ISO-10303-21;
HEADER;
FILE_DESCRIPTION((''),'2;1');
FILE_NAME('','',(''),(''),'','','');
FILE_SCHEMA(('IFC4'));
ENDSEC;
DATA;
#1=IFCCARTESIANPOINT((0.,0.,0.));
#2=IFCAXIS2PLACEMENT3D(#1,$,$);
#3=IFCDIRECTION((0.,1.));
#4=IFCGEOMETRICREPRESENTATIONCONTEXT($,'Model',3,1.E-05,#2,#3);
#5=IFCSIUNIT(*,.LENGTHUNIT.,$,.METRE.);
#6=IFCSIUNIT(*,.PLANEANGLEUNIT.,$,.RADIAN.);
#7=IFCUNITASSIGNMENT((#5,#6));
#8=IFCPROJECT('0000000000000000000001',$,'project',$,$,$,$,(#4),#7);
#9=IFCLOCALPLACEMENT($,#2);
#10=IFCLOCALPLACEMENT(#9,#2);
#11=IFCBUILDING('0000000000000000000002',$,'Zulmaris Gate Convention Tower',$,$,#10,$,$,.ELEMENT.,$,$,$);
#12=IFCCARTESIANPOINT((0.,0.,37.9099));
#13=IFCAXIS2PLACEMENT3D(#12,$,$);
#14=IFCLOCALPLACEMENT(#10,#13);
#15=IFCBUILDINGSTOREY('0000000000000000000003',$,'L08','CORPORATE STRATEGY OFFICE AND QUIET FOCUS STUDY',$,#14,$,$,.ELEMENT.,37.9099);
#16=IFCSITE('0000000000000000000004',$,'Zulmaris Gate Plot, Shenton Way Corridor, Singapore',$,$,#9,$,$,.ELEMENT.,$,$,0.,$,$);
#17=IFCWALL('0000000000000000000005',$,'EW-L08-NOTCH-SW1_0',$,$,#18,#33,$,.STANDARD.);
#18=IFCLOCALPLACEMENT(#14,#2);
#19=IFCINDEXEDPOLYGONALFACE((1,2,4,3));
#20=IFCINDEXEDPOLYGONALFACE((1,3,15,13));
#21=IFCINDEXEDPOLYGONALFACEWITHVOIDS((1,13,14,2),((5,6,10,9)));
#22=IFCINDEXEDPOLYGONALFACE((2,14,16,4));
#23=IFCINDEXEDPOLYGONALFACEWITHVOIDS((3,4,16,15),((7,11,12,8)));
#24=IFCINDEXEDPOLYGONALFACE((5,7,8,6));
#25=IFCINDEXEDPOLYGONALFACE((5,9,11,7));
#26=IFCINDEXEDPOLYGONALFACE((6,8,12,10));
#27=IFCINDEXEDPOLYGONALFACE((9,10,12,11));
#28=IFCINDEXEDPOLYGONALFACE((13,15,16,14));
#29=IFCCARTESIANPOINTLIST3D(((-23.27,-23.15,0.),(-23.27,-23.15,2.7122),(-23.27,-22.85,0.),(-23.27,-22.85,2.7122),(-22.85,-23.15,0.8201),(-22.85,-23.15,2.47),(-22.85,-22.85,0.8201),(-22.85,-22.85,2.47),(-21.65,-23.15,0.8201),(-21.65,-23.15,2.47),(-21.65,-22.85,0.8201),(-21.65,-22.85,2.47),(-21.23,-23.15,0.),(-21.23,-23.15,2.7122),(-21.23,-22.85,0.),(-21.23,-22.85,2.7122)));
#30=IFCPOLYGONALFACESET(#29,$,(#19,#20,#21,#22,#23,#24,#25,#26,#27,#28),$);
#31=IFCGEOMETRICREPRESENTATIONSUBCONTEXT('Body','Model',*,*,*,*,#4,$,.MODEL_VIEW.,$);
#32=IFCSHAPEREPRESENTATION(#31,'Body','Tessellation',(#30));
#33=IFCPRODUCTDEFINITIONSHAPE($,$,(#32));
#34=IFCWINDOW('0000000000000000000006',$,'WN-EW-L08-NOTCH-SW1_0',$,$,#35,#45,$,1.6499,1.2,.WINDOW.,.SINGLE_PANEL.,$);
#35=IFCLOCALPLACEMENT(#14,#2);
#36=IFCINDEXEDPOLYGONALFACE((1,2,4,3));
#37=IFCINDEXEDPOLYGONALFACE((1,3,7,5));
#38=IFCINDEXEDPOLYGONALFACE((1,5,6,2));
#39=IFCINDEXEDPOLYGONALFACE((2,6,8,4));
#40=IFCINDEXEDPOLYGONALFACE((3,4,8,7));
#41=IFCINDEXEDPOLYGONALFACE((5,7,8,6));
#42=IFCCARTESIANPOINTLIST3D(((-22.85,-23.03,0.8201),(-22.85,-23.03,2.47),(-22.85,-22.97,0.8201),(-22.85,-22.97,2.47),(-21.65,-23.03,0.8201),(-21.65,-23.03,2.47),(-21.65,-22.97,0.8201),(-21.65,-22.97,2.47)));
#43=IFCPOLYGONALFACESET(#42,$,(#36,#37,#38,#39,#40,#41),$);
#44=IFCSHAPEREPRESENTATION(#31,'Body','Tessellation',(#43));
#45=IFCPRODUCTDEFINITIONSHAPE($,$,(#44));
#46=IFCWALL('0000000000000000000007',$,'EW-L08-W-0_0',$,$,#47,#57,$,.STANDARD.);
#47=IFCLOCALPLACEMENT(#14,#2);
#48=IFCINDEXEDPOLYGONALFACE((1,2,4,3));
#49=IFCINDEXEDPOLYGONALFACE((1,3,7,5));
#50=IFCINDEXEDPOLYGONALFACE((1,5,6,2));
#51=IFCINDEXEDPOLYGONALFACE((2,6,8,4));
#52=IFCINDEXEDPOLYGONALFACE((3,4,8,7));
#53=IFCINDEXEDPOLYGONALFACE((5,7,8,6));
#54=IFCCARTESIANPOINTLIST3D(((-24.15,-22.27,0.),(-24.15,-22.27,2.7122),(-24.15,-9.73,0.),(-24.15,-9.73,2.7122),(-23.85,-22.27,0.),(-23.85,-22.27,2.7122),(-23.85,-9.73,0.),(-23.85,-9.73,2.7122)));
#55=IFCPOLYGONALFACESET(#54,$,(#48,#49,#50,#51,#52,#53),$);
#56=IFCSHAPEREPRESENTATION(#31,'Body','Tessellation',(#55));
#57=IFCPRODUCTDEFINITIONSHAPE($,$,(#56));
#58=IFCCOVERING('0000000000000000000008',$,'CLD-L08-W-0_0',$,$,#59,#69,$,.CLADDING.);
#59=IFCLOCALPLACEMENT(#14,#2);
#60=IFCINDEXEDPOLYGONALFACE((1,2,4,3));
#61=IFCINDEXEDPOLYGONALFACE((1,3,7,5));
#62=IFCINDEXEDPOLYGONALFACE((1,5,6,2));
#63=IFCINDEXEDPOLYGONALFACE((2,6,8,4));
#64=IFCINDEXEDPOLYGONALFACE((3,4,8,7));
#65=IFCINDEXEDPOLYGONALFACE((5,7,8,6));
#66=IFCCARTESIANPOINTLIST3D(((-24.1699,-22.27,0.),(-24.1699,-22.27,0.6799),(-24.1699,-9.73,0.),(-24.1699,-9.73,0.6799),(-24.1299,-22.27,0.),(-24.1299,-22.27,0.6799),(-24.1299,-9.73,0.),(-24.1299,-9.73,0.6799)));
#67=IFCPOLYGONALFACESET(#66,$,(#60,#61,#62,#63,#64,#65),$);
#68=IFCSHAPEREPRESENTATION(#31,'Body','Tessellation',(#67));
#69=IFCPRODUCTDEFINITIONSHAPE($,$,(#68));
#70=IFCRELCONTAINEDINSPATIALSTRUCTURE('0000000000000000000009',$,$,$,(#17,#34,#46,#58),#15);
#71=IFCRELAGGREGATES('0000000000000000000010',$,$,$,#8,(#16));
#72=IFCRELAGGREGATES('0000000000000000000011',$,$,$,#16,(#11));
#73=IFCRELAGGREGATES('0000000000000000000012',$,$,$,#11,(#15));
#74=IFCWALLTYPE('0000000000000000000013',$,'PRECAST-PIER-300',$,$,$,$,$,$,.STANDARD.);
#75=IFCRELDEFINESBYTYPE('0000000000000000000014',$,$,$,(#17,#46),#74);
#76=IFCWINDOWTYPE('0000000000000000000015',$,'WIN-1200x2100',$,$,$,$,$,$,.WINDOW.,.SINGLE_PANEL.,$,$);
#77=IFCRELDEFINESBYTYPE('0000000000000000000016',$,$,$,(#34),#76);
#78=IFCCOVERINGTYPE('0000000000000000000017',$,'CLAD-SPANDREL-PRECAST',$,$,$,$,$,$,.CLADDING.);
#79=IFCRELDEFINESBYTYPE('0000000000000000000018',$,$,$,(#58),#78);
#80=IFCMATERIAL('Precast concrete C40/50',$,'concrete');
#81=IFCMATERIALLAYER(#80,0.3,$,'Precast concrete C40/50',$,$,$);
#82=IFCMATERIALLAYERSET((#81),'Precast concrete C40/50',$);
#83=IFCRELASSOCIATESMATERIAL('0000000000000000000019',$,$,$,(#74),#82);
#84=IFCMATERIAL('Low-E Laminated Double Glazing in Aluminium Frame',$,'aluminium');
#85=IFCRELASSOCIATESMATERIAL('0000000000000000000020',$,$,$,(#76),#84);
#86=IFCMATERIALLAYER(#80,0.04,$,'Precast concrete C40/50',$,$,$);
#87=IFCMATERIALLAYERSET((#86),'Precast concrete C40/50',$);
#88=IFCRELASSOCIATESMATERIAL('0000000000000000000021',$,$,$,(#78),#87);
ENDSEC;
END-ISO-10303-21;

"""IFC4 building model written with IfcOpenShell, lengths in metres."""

from ifc_helpers import new_model, si_unit, direction, frame, frame_2d, origin, place, context, subcontext, project, spatial, rectangle, extrude, material, layer, layer_set, type_object, element, fill, save


model = new_model("IFC4")

# Units and contexts
model_context = context("Model", 3, precision=1e-05, world=origin(), true_north=direction((0.0, 1.0)))
body_context = subcontext(model_context, "Body", "Model", "MODEL_VIEW")
ifc_project = project(units=[si_unit("LENGTHUNIT", "METRE"), si_unit("PLANEANGLEUNIT", "RADIAN")], contexts=[model_context])

# Site, building, storey
site_placement = place(None, origin())
site = spatial("IfcSite", under=ifc_project, at=site_placement, Name="Zulmaris Gate Plot, Shenton Way Corridor, Singapore", CompositionType="ELEMENT", RefElevation=0.0)
building_placement = place(site_placement, origin())
building = spatial("IfcBuilding", under=site, at=building_placement, Name="Zulmaris Gate Convention Tower", CompositionType="ELEMENT")
storey_placement = place(building_placement, frame((0.0, 0.0, 37.9099)))
storey = spatial("IfcBuildingStorey", under=building, at=storey_placement, Name="L08", Description="CORPORATE STRATEGY OFFICE AND QUIET FOCUS STUDY", CompositionType="ELEMENT", Elevation=37.9099)

# Wall, opening, window
ifc_material_1 = material(Name="Precast concrete C40/50", Category="concrete")
ifc_layer_1 = layer(ifc_material_1, 0.3, Name="Precast concrete C40/50")
ifc_layer_set_1 = layer_set([ifc_layer_1], Name="Precast concrete C40/50")
wall_type_1 = type_object("IfcWallType", Name="PRECAST-PIER-300", PredefinedType="STANDARD", material=ifc_layer_set_1)
wall_1_placement = place(storey_placement, frame((-23.27, -23.0, 0.0), z_axis=(0.0, 0.0, 1.0), x_axis=(1.0, 0.0, 0.0)))
wall_1 = element("IfcWall", 1, at=wall_1_placement, inside=storey, type_object=wall_type_1, Name="EW-L08-NOTCH-SW1_0", PredefinedType="STANDARD", context=body_context, shape_type="SweptSolid", body=[
    extrude(rectangle(XDim=2.04, YDim=0.3, at=frame_2d((1.02, 0.0))), origin(), (0.0, 0.0, 1.0), 2.7122),
])
opening_1_placement = place(wall_1_placement, frame((0.4199, 0.0, 0.8201)))
opening_1 = element("IfcOpeningElement", 2, at=opening_1_placement, cuts=wall_1, PredefinedType="OPENING", context=body_context, shape_type="SweptSolid", body=[
    extrude(rectangle(XDim=1.2, YDim=1.6499, at=frame_2d((0.6001, 0.825))), frame((0.0, 0.1602, 0.0), z_axis=(0.0, -1.0, 0.0), x_axis=(1.0, 0.0, 0.0)), (0.0, 0.0, 1.0), 0.3201),
])
ifc_material_2 = material(Name="Low-E Laminated Double Glazing in Aluminium Frame", Category="aluminium")
window_type = type_object("IfcWindowType", Name="WIN-1200x2100", PartitioningType="SINGLE_PANEL", PredefinedType="WINDOW", material=ifc_material_2)
window_placement = place(opening_1_placement, origin())
window = element("IfcWindow", 3, at=window_placement, inside=storey, type_object=window_type, Name="WN-EW-L08-NOTCH-SW1_0", OverallHeight=1.6499, OverallWidth=1.2, PartitioningType="SINGLE_PANEL", PredefinedType="WINDOW", context=body_context, shape_type="SweptSolid", body=[
    extrude(rectangle(XDim=1.2, YDim=1.6499, at=frame_2d((0.6001, 0.825))), frame((0.0, 0.03, 0.0), z_axis=(0.0, -1.0, 0.0), x_axis=(1.0, 0.0, 0.0)), (0.0, 0.0, 1.0), 0.0601),
])
fill(opening_1, window)

# Wall
wall_2_placement = place(storey_placement, frame((-24.0, -9.73, 0.0), z_axis=(0.0, 0.0, 1.0), x_axis=(0.0, -1.0, 0.0)))
element("IfcWall", 4, at=wall_2_placement, inside=storey, type_object=wall_type_1, Name="EW-L08-W-0_0", PredefinedType="STANDARD", context=body_context, shape_type="SweptSolid", body=[
    extrude(rectangle(XDim=12.54, YDim=0.3, at=frame_2d((6.27, 0.0))), origin(), (0.0, 0.0, 1.0), 2.7122),
])

# Covering
ifc_layer_2 = layer(ifc_material_1, 0.04, Name="Precast concrete C40/50")
ifc_layer_set_2 = layer_set([ifc_layer_2], Name="Precast concrete C40/50")
covering_type = type_object("IfcCoveringType", Name="CLAD-SPANDREL-PRECAST", PredefinedType="CLADDING", material=ifc_layer_set_2)
covering_placement = place(storey_placement, frame((-24.1499, -9.73, 0.0), z_axis=(0.0, 0.0, 1.0), x_axis=(0.0, -1.0, 0.0)))
element("IfcCovering", 5, at=covering_placement, inside=storey, type_object=covering_type, Name="CLD-L08-W-0_0", PredefinedType="CLADDING", context=body_context, shape_type="SweptSolid", body=[
    extrude(rectangle(XDim=12.54, YDim=0.04, at=frame_2d((6.27, 0.0))), origin(), (0.0, 0.0, 1.0), 0.6799),
])

save(model, "model.ifc")
